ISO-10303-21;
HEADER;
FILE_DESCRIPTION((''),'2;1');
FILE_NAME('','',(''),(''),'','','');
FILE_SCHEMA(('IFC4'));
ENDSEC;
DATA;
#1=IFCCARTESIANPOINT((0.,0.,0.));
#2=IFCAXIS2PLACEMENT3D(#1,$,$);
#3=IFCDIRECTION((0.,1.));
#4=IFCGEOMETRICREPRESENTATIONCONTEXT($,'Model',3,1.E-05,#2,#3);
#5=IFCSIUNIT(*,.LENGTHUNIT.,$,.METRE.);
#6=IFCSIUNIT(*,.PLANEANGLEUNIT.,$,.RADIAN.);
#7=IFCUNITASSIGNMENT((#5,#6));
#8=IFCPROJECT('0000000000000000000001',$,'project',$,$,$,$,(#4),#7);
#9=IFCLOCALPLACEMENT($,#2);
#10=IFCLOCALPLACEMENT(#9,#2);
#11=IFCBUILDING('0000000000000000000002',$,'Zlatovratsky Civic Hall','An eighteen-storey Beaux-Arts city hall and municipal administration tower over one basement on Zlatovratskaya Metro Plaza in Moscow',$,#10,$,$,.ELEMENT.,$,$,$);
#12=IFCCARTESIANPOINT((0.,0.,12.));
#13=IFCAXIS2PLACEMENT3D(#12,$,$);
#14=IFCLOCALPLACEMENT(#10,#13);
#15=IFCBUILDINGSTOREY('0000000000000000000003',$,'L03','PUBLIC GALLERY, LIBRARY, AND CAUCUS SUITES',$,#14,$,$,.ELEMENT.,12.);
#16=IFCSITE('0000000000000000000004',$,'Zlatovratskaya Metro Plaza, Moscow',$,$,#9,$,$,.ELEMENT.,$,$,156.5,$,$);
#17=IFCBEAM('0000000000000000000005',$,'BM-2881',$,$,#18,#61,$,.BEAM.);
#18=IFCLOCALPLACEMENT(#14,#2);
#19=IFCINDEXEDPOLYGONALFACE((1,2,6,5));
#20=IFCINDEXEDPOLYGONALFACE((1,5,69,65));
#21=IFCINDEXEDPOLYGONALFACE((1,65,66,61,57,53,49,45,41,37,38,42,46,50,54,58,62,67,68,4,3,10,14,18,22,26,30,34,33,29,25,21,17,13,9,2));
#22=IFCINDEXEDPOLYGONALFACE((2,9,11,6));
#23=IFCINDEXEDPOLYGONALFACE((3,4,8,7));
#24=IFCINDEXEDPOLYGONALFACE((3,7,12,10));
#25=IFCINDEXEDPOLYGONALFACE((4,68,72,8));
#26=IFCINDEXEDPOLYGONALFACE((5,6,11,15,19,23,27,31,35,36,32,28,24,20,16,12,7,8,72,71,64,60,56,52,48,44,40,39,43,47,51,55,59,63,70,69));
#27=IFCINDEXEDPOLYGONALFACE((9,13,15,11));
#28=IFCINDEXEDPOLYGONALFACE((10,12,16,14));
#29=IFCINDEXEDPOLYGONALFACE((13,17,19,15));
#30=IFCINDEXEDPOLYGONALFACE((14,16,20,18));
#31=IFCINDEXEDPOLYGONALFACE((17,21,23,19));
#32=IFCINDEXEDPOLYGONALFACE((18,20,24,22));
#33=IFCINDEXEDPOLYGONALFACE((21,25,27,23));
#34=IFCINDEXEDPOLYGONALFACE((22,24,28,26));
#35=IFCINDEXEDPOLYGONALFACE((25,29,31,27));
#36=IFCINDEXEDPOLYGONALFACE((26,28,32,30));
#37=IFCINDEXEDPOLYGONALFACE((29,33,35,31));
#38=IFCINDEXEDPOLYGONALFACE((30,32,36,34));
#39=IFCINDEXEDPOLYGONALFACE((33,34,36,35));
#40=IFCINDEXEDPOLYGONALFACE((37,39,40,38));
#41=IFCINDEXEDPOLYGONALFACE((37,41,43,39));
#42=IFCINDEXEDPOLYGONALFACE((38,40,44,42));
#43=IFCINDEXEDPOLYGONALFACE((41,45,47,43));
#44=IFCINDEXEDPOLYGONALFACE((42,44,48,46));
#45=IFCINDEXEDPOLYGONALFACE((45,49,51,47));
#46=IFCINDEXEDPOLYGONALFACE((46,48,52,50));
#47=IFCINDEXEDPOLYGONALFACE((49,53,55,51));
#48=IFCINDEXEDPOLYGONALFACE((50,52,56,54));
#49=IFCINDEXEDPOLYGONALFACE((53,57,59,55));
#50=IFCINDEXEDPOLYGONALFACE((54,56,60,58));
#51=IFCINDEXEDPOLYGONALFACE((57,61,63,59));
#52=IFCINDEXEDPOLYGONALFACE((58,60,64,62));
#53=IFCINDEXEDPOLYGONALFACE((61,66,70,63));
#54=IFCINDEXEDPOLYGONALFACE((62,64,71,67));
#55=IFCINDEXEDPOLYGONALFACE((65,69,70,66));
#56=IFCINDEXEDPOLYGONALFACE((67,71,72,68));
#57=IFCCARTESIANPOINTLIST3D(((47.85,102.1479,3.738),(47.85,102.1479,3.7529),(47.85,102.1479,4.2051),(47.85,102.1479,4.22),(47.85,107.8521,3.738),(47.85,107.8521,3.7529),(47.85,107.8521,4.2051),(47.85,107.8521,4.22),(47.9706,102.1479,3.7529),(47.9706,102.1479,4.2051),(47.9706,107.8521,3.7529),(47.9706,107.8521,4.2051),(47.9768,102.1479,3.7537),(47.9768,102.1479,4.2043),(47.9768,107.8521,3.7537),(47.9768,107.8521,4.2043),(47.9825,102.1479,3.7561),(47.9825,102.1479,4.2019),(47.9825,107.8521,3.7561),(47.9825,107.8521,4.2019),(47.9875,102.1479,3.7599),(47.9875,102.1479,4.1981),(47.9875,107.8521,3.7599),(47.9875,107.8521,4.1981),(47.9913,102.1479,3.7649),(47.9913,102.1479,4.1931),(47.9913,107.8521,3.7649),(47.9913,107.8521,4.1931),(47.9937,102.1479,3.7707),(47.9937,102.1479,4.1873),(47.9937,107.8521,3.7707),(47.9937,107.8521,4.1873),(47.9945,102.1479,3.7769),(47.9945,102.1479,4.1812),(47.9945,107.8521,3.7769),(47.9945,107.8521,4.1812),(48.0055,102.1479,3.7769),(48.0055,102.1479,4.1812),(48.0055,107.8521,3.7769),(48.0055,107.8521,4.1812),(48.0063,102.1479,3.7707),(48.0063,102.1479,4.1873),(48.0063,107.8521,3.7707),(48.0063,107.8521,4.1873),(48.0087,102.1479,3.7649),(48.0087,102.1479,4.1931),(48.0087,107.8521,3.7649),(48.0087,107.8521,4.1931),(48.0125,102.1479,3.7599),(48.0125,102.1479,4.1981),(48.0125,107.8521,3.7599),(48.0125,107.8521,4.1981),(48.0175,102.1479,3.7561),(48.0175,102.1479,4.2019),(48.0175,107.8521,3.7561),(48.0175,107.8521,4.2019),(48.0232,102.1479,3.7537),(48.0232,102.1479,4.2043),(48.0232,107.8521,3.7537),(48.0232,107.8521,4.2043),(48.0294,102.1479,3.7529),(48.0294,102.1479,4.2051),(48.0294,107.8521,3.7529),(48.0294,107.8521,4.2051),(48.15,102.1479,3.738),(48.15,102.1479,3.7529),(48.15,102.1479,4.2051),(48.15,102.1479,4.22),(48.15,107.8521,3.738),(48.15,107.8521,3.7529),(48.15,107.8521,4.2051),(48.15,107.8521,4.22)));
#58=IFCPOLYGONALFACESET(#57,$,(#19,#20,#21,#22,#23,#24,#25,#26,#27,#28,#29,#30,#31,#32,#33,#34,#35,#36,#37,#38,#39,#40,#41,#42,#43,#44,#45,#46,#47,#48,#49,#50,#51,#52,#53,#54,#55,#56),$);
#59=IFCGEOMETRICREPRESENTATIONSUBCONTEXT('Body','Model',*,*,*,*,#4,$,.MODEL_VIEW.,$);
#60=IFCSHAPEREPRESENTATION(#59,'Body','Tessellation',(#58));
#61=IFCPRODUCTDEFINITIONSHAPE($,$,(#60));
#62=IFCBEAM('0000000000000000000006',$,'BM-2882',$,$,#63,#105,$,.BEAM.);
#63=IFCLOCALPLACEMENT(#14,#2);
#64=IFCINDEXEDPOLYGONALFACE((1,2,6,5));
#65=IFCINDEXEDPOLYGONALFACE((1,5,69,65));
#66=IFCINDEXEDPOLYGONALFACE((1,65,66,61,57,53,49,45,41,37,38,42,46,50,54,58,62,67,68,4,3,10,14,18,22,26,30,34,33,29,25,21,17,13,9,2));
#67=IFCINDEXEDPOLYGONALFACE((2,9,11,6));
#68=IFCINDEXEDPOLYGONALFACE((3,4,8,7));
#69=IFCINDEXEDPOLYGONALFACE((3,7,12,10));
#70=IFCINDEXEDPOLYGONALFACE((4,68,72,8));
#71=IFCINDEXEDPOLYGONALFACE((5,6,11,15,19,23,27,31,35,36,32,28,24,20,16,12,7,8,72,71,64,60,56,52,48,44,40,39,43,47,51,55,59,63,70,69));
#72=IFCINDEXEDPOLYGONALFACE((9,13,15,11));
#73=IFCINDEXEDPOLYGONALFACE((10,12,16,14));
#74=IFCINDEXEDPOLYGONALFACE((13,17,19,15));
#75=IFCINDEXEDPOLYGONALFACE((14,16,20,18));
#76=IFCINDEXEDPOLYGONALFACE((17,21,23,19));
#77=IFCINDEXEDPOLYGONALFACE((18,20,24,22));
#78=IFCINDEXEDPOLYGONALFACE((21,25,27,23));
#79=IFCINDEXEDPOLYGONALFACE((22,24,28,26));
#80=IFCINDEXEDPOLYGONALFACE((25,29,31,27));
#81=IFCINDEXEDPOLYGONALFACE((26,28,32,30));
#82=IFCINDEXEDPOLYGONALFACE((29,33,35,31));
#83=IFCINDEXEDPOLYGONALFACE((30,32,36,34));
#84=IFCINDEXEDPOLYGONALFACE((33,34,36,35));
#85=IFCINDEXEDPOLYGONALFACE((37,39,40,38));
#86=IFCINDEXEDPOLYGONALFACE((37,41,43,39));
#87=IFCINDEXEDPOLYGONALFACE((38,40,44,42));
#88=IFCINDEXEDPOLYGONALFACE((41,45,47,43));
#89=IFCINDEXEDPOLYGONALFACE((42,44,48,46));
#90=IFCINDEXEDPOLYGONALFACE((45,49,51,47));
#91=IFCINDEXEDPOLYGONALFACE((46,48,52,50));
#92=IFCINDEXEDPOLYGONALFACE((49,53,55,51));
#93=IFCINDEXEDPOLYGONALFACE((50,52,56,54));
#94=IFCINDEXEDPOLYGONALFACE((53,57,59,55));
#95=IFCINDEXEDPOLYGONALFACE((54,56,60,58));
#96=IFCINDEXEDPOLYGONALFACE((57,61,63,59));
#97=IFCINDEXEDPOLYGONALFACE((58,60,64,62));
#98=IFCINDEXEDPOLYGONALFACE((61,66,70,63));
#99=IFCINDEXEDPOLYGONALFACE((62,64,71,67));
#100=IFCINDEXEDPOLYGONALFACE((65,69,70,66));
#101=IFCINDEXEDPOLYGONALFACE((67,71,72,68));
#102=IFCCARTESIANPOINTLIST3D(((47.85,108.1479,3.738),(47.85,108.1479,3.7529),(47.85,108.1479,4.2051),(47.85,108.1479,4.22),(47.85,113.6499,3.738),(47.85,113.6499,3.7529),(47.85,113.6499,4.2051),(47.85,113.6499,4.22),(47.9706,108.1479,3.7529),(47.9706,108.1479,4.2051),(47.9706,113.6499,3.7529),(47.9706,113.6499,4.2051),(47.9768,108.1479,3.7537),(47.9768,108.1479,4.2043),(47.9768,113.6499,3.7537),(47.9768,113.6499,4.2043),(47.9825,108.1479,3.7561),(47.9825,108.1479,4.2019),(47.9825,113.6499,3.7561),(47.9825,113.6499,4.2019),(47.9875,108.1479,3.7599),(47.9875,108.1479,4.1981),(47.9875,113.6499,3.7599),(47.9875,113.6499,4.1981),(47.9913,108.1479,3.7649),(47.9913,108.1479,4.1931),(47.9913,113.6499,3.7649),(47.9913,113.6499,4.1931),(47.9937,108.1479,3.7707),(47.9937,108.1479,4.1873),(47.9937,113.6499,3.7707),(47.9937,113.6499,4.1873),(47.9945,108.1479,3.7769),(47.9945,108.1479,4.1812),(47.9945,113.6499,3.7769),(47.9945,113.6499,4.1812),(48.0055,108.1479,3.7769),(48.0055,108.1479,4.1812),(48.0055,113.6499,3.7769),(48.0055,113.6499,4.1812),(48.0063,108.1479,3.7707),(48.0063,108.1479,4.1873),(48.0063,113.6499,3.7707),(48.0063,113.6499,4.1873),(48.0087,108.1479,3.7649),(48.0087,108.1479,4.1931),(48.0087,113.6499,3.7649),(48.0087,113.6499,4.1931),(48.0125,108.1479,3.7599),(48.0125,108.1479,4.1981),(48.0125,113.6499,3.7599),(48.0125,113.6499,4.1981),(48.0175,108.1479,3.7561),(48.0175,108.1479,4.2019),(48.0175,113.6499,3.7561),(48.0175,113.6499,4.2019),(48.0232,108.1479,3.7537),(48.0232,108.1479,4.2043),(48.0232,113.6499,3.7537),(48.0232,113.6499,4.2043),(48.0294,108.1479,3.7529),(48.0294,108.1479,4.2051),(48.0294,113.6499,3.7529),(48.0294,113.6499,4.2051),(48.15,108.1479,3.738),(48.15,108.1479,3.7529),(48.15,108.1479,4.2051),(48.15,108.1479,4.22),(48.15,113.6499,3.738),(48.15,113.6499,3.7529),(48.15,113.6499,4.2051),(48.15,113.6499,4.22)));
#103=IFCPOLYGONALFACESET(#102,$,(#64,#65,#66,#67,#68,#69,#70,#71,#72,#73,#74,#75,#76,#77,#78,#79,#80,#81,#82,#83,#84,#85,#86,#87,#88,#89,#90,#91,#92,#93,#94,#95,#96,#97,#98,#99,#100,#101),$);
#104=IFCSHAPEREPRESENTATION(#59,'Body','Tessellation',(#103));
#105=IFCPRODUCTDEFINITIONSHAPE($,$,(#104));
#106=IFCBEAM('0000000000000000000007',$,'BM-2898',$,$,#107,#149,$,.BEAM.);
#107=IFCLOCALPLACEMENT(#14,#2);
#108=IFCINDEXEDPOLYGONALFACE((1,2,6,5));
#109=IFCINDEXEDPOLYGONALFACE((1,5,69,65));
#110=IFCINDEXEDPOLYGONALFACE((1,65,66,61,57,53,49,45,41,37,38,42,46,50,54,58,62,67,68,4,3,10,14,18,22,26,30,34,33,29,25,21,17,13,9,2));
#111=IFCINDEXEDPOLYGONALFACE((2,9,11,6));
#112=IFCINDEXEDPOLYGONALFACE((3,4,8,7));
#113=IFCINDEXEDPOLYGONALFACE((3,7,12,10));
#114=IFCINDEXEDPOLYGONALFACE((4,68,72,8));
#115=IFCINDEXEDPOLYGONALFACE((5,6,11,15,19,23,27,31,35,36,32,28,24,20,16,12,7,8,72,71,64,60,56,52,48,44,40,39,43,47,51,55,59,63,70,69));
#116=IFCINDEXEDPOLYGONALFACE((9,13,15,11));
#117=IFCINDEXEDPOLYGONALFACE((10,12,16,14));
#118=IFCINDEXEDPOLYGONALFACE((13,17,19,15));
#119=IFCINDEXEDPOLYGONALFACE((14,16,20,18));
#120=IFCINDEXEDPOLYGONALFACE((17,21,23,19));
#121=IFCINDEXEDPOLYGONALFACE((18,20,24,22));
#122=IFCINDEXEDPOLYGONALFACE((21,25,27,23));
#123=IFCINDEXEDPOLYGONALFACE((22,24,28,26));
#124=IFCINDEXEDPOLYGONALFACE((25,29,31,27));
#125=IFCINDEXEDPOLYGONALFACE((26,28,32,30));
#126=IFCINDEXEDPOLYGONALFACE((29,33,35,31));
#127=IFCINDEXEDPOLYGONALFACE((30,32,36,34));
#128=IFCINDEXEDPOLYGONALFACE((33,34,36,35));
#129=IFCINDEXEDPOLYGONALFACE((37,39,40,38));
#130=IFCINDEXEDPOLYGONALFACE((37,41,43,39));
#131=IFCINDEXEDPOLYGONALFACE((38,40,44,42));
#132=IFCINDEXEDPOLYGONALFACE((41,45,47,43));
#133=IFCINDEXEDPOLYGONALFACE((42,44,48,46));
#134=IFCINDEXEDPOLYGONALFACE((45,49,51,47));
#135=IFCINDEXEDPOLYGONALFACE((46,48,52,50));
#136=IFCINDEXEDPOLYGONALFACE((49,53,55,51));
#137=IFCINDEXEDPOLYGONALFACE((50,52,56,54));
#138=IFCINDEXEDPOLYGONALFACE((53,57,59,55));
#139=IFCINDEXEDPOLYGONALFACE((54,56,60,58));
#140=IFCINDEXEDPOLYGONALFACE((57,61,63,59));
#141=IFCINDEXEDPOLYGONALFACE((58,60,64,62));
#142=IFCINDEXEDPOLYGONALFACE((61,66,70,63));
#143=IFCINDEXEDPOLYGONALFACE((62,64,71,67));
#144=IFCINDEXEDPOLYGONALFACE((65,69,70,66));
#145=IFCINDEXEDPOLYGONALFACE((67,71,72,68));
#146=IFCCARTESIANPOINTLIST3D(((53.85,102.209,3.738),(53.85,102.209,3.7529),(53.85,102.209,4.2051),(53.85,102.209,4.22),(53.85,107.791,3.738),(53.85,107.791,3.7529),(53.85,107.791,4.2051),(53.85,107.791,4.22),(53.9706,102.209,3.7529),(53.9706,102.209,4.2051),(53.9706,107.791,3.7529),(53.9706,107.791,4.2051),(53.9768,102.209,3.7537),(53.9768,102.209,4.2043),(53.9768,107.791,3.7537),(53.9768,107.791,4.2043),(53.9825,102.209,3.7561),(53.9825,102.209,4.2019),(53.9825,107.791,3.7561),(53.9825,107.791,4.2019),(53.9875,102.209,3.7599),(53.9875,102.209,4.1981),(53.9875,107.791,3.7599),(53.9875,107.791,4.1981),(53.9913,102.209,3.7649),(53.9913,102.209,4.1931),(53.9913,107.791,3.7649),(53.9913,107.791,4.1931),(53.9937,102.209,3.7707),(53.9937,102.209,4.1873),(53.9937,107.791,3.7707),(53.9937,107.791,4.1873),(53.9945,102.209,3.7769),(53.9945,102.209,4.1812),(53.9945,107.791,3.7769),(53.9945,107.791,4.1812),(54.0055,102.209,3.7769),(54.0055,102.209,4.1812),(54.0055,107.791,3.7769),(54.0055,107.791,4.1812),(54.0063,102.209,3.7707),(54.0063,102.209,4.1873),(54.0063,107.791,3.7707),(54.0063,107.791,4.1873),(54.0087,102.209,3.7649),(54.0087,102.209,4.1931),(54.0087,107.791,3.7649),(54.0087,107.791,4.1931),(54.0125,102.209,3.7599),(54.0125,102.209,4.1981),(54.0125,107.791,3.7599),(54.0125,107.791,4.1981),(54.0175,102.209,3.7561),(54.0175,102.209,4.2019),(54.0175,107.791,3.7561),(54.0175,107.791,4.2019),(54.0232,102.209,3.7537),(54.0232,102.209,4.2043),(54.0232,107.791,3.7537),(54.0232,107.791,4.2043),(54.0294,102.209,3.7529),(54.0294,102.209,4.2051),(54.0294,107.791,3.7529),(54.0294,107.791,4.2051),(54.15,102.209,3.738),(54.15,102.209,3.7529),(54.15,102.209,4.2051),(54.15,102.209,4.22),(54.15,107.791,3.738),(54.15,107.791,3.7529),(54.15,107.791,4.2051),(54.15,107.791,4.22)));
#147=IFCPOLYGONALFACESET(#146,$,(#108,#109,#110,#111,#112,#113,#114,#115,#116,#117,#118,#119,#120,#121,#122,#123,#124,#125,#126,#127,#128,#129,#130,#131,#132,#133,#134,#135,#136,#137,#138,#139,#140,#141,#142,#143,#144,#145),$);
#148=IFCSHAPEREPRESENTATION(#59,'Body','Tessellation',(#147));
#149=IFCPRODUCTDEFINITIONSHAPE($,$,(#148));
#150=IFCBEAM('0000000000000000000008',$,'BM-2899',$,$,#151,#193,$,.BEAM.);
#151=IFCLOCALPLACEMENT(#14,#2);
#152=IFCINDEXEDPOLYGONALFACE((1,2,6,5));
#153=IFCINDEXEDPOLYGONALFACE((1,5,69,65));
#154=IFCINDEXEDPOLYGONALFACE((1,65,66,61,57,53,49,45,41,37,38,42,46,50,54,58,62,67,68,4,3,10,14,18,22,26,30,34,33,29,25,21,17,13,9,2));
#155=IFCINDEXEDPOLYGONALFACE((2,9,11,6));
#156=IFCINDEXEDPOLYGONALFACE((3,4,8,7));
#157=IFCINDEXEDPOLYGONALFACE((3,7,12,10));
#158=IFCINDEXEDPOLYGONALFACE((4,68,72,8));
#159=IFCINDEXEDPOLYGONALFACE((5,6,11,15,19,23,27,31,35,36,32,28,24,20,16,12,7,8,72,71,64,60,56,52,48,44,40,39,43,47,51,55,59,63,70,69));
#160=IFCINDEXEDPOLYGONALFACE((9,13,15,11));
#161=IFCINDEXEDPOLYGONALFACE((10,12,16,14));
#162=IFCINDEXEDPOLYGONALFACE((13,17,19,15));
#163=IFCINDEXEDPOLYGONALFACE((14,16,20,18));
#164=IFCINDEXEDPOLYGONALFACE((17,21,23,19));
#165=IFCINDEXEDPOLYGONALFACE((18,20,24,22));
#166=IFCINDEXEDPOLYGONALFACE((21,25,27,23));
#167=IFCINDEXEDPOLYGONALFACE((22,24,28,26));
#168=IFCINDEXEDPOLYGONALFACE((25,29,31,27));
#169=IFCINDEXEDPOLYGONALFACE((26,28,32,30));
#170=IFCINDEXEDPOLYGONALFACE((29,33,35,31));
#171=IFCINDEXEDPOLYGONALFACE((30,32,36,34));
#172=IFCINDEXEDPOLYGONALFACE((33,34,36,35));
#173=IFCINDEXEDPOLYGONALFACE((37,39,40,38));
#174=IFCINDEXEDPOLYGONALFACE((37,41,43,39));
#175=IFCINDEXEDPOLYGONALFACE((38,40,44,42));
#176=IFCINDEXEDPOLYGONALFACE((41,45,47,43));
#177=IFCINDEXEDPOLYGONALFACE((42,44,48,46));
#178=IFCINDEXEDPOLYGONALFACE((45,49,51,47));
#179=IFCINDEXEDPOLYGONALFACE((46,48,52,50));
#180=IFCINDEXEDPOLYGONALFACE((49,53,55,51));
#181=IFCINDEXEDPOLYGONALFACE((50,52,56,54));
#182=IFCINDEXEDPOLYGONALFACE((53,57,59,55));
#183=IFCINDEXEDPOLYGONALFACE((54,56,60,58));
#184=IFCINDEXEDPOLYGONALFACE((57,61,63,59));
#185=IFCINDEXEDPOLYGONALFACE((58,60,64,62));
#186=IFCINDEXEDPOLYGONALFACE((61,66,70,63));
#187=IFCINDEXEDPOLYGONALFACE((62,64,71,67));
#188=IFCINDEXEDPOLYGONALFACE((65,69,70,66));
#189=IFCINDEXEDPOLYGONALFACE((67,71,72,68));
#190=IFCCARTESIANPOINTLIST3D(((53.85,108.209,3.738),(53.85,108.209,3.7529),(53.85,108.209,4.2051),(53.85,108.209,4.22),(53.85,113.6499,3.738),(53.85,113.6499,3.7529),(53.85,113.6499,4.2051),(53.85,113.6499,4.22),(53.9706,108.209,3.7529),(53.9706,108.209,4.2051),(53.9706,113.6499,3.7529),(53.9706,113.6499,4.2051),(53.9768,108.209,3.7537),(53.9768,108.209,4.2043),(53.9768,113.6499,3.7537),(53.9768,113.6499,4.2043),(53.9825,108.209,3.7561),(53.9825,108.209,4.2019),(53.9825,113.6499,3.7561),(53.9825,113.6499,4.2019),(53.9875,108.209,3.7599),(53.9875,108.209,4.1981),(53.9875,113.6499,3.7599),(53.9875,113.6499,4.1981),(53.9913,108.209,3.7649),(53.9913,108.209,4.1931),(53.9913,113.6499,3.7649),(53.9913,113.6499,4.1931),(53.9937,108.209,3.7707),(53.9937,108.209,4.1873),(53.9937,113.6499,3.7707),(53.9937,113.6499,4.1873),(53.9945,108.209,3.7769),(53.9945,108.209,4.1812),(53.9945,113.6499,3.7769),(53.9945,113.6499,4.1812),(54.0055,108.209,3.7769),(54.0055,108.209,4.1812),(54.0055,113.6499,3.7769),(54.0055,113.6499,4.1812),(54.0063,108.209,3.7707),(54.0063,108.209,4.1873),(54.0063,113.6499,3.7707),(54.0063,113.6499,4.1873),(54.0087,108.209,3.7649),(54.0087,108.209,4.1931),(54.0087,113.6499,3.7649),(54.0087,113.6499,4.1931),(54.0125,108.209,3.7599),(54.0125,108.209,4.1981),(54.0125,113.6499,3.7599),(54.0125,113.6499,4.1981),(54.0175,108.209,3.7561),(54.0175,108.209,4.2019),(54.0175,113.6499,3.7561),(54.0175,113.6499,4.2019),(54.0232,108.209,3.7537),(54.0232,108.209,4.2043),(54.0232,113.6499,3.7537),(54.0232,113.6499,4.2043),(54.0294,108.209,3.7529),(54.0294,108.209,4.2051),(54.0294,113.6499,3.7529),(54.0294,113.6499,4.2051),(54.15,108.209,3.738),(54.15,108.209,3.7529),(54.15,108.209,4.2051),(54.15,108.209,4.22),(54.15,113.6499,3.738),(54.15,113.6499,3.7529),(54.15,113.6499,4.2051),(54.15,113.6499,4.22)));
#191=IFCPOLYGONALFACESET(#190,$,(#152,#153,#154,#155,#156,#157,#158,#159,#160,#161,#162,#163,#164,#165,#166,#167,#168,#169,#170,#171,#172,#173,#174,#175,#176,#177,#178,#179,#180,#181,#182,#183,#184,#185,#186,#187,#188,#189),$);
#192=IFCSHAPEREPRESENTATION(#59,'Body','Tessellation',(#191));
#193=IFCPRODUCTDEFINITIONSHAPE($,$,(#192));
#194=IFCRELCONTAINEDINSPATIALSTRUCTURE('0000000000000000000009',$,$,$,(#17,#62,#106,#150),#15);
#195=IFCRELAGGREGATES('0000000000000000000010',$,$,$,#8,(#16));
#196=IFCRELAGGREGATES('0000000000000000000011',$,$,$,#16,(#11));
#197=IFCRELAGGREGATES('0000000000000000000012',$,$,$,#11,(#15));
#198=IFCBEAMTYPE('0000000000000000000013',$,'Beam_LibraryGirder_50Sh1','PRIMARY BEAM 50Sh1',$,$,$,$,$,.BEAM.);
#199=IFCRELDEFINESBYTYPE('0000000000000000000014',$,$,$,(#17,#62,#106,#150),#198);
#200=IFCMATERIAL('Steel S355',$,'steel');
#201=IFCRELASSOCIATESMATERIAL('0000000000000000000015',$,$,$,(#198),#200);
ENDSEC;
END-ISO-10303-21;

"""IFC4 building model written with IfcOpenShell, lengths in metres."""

from ifc_helpers import new_model, si_unit, direction, frame, origin, origin_2d, place, context, subcontext, project, spatial, i_section, extrude, material, material_profile, profile_set, type_object, element, save


model = new_model("IFC4")

# Units and contexts
model_context = context("Model", 3, precision=1e-05, world=origin(), true_north=direction((0.0, 1.0)))
body_context = subcontext(model_context, "Body", "Model", "MODEL_VIEW")
ifc_project = project(units=[si_unit("LENGTHUNIT", "METRE"), si_unit("PLANEANGLEUNIT", "RADIAN")], contexts=[model_context])

# Site, building, storey
site_placement = place(None, origin())
site = spatial("IfcSite", under=ifc_project, at=site_placement, Name="Zlatovratskaya Metro Plaza, Moscow", CompositionType="ELEMENT", RefElevation=156.5)
building_placement = place(site_placement, origin())
building = spatial("IfcBuilding", under=site, at=building_placement, Name="Zlatovratsky Civic Hall", Description="An eighteen-storey Beaux-Arts city hall and municipal administration tower over one basement on Zlatovratskaya Metro Plaza in Moscow", CompositionType="ELEMENT")
storey_placement = place(building_placement, frame((0.0, 0.0, 12.0)))
storey = spatial("IfcBuildingStorey", under=building, at=storey_placement, Name="L03", Description="PUBLIC GALLERY, LIBRARY, AND CAUCUS SUITES", CompositionType="ELEMENT", Elevation=12.0)

# Shared definitions
ifc_material_1 = material(Name="Steel S355", Category="steel")

# Beams
ifc_material_profile_1 = material_profile(ifc_material_1, i_section(OverallWidth=0.3, OverallDepth=0.4819, WebThickness=0.011, FlangeThickness=0.0149, FilletRadius=0.0239, at=origin_2d()), Name="50Sh1")
ifc_profile_set_1 = profile_set([ifc_material_profile_1], Name="Steel S355")
beam_type_1 = type_object("IfcBeamType", Name="Beam_LibraryGirder_50Sh1", Description="PRIMARY BEAM 50Sh1", PredefinedType="BEAM", material=ifc_profile_set_1)
beam_1_placement = place(storey_placement, frame((48.0, 102.1479, 3.979), z_axis=(0.0, 1.0, 0.0), x_axis=(-1.0, 0.0, 0.0)))
element("IfcBeam", 1, at=beam_1_placement, inside=storey, type_object=beam_type_1, Name="BM-2881", PredefinedType="BEAM", context=body_context, shape_type="SweptSolid", body=[
    extrude(i_section(OverallWidth=0.3, OverallDepth=0.4819, WebThickness=0.011, FlangeThickness=0.0149, FilletRadius=0.0239, at=origin_2d()), origin(), (0.0, 0.0, 1.0), 5.7041),
])
beam_2_placement = place(storey_placement, frame((48.0, 108.1479, 3.979), z_axis=(0.0, 1.0, 0.0), x_axis=(-1.0, 0.0, 0.0)))
element("IfcBeam", 2, at=beam_2_placement, inside=storey, type_object=beam_type_1, Name="BM-2882", PredefinedType="BEAM", context=body_context, shape_type="SweptSolid", body=[
    extrude(i_section(OverallWidth=0.3, OverallDepth=0.4819, WebThickness=0.011, FlangeThickness=0.0149, FilletRadius=0.0239, at=origin_2d()), origin(), (0.0, 0.0, 1.0), 5.502),
])
beam_3_placement = place(storey_placement, frame((54.0, 102.209, 3.979), z_axis=(0.0, 1.0, 0.0), x_axis=(-1.0, 0.0, 0.0)))
element("IfcBeam", 3, at=beam_3_placement, inside=storey, type_object=beam_type_1, Name="BM-2898", PredefinedType="BEAM", context=body_context, shape_type="SweptSolid", body=[
    extrude(i_section(OverallWidth=0.3, OverallDepth=0.4819, WebThickness=0.011, FlangeThickness=0.0149, FilletRadius=0.0239, at=origin_2d()), origin(), (0.0, 0.0, 1.0), 5.582),
])
beam_4_placement = place(storey_placement, frame((54.0, 108.209, 3.979), z_axis=(0.0, 1.0, 0.0), x_axis=(-1.0, 0.0, 0.0)))
element("IfcBeam", 4, at=beam_4_placement, inside=storey, type_object=beam_type_1, Name="BM-2899", PredefinedType="BEAM", context=body_context, shape_type="SweptSolid", body=[
    extrude(i_section(OverallWidth=0.3, OverallDepth=0.4819, WebThickness=0.011, FlangeThickness=0.0149, FilletRadius=0.0239, at=origin_2d()), origin(), (0.0, 0.0, 1.0), 5.4409),
])

save(model, "model.ifc")
